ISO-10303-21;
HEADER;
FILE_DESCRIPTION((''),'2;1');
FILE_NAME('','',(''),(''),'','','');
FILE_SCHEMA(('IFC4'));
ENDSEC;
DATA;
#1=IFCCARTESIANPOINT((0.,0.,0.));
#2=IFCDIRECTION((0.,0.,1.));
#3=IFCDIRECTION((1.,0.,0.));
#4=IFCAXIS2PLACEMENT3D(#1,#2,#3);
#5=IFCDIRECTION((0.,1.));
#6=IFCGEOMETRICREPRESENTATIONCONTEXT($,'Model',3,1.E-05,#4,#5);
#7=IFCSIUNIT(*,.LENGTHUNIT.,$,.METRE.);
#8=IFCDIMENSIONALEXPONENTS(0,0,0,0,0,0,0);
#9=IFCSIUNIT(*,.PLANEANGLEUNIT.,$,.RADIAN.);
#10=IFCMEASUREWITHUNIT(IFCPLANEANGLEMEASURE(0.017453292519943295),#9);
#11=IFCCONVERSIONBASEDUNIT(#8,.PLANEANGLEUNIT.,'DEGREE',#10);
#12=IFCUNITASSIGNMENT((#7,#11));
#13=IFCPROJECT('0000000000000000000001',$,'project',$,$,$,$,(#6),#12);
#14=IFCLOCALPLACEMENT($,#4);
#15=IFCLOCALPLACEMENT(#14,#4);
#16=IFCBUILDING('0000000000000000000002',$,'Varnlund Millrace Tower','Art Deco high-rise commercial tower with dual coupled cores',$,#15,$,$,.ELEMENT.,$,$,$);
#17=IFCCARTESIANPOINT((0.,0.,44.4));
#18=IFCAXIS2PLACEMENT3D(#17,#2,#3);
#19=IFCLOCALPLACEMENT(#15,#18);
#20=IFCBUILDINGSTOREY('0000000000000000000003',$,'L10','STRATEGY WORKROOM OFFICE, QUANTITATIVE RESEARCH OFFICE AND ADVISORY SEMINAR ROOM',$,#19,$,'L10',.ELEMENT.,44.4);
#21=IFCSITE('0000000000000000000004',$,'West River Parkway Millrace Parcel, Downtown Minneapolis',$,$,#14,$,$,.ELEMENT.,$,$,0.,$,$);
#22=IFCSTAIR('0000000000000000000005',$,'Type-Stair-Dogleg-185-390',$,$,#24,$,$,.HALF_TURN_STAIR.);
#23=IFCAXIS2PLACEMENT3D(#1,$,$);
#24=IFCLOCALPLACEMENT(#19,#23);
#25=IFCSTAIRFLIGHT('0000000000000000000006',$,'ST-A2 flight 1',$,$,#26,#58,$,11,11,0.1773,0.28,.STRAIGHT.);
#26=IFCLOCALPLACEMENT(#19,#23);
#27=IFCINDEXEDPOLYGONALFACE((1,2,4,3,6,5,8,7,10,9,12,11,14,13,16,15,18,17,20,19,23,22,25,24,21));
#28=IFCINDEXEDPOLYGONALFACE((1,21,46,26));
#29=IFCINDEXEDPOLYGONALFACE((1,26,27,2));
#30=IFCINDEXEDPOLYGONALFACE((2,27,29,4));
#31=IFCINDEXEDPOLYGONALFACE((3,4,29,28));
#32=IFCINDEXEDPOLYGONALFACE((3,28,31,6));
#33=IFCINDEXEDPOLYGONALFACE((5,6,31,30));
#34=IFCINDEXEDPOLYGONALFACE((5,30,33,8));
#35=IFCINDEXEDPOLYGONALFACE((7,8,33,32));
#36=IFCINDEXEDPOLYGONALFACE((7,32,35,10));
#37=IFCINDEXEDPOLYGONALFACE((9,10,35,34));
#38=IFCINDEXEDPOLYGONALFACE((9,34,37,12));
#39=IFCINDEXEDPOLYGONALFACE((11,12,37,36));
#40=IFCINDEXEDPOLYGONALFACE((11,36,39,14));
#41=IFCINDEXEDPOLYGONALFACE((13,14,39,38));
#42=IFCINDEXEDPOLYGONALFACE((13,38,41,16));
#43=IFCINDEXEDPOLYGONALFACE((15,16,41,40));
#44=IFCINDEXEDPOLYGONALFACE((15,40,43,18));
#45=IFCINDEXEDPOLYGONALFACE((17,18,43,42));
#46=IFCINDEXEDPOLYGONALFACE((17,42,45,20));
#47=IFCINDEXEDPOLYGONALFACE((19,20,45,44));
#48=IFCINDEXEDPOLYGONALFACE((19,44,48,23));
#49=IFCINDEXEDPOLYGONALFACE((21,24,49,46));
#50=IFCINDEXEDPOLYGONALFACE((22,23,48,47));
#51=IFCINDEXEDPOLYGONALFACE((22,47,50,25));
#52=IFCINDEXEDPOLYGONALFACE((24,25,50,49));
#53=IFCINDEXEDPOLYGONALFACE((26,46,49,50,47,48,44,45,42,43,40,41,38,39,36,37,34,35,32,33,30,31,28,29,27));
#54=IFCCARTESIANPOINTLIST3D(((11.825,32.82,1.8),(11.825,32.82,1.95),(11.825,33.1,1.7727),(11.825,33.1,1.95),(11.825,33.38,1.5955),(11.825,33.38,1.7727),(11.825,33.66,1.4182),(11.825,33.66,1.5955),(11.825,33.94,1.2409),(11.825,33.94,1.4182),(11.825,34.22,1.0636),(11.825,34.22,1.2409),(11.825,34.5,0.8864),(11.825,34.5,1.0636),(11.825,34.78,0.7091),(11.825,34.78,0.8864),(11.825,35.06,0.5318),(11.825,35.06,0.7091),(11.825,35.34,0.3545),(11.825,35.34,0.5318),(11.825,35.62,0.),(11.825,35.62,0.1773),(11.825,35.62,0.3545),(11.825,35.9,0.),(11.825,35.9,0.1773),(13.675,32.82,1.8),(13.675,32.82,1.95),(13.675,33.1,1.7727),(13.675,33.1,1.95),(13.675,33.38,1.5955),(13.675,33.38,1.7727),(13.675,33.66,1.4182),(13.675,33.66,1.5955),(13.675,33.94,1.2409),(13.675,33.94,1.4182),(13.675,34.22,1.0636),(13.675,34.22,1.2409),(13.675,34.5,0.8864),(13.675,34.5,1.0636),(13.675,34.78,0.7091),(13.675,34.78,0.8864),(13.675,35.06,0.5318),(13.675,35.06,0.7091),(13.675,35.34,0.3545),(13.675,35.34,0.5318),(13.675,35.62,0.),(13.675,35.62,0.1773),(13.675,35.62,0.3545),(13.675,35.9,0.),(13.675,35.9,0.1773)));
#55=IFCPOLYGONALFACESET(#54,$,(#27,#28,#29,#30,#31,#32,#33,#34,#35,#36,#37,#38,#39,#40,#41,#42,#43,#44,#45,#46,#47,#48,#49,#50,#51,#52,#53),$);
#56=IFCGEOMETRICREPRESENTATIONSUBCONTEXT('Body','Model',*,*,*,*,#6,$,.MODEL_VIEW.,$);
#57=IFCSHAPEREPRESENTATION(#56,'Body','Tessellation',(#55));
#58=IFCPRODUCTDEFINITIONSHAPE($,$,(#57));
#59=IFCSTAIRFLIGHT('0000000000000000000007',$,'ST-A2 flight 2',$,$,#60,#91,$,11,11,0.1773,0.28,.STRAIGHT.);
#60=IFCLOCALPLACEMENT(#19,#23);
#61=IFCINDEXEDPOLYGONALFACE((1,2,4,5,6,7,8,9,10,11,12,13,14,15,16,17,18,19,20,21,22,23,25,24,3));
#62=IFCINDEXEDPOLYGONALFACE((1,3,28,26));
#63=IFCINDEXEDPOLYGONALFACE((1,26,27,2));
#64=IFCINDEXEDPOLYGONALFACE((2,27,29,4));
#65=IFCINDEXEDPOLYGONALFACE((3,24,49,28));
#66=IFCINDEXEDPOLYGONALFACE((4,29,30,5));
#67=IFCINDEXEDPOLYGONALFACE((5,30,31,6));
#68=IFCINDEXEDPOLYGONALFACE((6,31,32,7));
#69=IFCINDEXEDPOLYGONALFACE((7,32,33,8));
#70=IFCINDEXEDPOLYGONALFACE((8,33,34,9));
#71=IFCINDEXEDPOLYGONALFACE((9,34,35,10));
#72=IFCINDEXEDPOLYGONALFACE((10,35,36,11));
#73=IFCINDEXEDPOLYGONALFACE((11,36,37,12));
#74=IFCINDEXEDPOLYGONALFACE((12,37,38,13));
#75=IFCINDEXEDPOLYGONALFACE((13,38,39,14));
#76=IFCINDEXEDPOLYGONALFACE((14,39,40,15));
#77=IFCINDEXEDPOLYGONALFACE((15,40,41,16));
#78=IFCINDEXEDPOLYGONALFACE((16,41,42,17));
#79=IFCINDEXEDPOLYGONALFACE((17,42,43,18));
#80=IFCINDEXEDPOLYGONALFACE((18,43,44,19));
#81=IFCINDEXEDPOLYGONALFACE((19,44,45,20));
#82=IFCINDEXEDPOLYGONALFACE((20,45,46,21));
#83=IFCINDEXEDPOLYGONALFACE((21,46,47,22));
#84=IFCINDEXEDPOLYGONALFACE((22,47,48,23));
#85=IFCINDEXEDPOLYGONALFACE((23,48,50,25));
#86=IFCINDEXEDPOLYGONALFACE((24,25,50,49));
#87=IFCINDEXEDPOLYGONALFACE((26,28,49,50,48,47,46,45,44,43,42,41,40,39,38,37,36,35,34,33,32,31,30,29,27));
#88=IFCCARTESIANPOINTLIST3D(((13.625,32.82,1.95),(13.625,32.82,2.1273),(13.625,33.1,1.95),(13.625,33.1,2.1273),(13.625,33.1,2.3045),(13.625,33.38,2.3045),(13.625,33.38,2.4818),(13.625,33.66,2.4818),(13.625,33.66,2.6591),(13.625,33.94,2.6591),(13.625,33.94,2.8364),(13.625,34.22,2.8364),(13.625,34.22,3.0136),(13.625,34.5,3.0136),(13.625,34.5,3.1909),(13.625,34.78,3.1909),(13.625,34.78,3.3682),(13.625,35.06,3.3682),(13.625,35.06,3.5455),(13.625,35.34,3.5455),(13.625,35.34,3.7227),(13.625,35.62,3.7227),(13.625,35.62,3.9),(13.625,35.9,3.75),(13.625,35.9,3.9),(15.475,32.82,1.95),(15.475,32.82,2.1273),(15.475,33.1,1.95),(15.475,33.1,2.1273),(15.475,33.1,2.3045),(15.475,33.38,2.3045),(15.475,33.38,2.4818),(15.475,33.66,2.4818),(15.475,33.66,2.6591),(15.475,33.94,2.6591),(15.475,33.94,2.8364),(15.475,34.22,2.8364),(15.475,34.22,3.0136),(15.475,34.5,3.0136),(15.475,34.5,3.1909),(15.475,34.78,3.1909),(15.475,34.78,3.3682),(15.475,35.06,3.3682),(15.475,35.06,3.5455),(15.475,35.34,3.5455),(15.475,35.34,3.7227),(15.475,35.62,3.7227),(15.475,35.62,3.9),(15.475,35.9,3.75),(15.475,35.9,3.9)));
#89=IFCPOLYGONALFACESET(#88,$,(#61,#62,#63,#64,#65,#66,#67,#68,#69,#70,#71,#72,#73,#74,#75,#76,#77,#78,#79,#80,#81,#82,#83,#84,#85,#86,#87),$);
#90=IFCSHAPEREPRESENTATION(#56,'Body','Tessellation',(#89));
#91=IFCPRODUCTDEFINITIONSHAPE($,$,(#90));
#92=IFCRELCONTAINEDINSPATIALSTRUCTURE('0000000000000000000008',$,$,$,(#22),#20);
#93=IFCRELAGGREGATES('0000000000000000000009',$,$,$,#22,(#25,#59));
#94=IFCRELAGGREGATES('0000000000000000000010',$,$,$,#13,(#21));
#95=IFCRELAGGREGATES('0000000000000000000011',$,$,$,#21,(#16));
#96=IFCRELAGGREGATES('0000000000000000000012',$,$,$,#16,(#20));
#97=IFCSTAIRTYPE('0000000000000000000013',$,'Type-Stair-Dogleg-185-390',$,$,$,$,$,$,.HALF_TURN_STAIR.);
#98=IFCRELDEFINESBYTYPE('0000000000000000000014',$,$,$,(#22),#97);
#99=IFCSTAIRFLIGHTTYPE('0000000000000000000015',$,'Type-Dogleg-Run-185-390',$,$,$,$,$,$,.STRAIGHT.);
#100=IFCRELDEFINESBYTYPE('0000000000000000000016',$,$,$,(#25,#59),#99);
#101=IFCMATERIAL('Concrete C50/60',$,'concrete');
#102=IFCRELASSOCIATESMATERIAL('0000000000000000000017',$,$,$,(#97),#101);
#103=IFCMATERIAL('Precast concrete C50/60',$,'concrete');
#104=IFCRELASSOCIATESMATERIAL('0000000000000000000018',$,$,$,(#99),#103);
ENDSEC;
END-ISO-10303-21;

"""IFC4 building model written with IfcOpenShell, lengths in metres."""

from ifc_helpers import new_model, entity, si_unit, converted_unit, direction, frame, origin_with_axes, place, context, subcontext, project, spatial, polyline, outline, extrude, material, type_object, element, aggregate, save


model = new_model("IFC4")

# Units and contexts
model_context = context("Model", 3, precision=1e-05, world=origin_with_axes(), true_north=direction((0.0, 1.0)))
body_context = subcontext(model_context, "Body", "Model", "MODEL_VIEW")
ifc_project = project(units=[si_unit("LENGTHUNIT", "METRE"), converted_unit("PLANEANGLEUNIT", "DEGREE", entity("IfcPlaneAngleMeasure", 0.017453292519943295), si_unit("PLANEANGLEUNIT", "RADIAN"), dimensions=[0, 0, 0, 0, 0, 0, 0])], contexts=[model_context])

# Site, building, storey
site_placement = place(None, origin_with_axes())
site = spatial("IfcSite", under=ifc_project, at=site_placement, Name="West River Parkway Millrace Parcel, Downtown Minneapolis", CompositionType="ELEMENT", RefElevation=0.0)
building_placement = place(site_placement, origin_with_axes())
building = spatial("IfcBuilding", under=site, at=building_placement, Name="Varnlund Millrace Tower", Description="Art Deco high-rise commercial tower with dual coupled cores", CompositionType="ELEMENT")
storey_placement = place(building_placement, frame((0.0, 0.0, 44.4), z_axis=(0.0, 0.0, 1.0), x_axis=(1.0, 0.0, 0.0)))
storey = spatial("IfcBuildingStorey", under=building, at=storey_placement, Name="L10", Description="STRATEGY WORKROOM OFFICE, QUANTITATIVE RESEARCH OFFICE AND ADVISORY SEMINAR ROOM", LongName="L10", CompositionType="ELEMENT", Elevation=44.4)

# Stair, stair flights
ifc_material_1 = material(Name="Concrete C50/60", Category="concrete")
stair_type = type_object("IfcStairType", Name="Type-Stair-Dogleg-185-390", PredefinedType="HALF_TURN_STAIR", material=ifc_material_1)
stair_placement = place(storey_placement, origin_with_axes())
stair = element("IfcStair", 1, at=stair_placement, inside=storey, type_object=stair_type, Name="Type-Stair-Dogleg-185-390", PredefinedType="HALF_TURN_STAIR")
ifc_material_2 = material(Name="Precast concrete C50/60", Category="concrete")
stair_flight_type = type_object("IfcStairFlightType", Name="Type-Dogleg-Run-185-390", PredefinedType="STRAIGHT", material=ifc_material_2)
stair_flight_1_placement = place(storey_placement, frame((13.675, 35.9, 0.0), z_axis=(-1.0, 0.0, 0.0), x_axis=(0.0, -1.0, 0.0)))
stair_flight_1 = element("IfcStairFlight", 2, at=stair_flight_1_placement, type_object=stair_flight_type, Name="ST-A2 flight 1", NumberOfRisers=11, NumberOfTreads=11, PredefinedType="STRAIGHT", RiserHeight=0.1773, TreadLength=0.28, context=body_context, shape_type="SweptSolid", body=[
    extrude(outline(polyline([(0.0, 0.0), (0.0, 0.1773), (0.28, 0.1773), (0.28, 0.3545), (0.56, 0.3545), (0.56, 0.5318), (0.84, 0.5318), (0.84, 0.7091), (1.12, 0.7091), (1.12, 0.8864), (1.4, 0.8864), (1.4, 1.0636), (1.68, 1.0636), (1.68, 1.2409), (1.96, 1.2409), (1.96, 1.4182), (2.24, 1.4182), (2.24, 1.5955), (2.52, 1.5955), (2.52, 1.7727), (2.8, 1.7727), (2.8, 1.95), (3.08, 1.95), (3.08, 1.8), (0.28, 0.0), (0.0, 0.0)])), origin_with_axes(), (0.0, 0.0, 1.0), 1.85),
])
stair_flight_2_placement = place(storey_placement, frame((13.625, 32.82, 1.95), z_axis=(1.0, 0.0, 0.0), x_axis=(0.0, 1.0, 0.0)))
stair_flight_2 = element("IfcStairFlight", 3, at=stair_flight_2_placement, type_object=stair_flight_type, Name="ST-A2 flight 2", NumberOfRisers=11, NumberOfTreads=11, PredefinedType="STRAIGHT", RiserHeight=0.1773, TreadLength=0.28, context=body_context, shape_type="SweptSolid", body=[
    extrude(outline(polyline([(0.0, 0.0), (0.0, 0.1773), (0.28, 0.1773), (0.28, 0.3545), (0.56, 0.3545), (0.56, 0.5318), (0.84, 0.5318), (0.84, 0.7091), (1.12, 0.7091), (1.12, 0.8864), (1.4, 0.8864), (1.4, 1.0636), (1.68, 1.0636), (1.68, 1.2409), (1.96, 1.2409), (1.96, 1.4182), (2.24, 1.4182), (2.24, 1.5955), (2.52, 1.5955), (2.52, 1.7727), (2.8, 1.7727), (2.8, 1.95), (3.08, 1.95), (3.08, 1.8), (0.28, 0.0), (0.0, 0.0)])), origin_with_axes(), (0.0, 0.0, 1.0), 1.85),
])
aggregate(stair, [stair_flight_1, stair_flight_2])

save(model, "model.ifc")
